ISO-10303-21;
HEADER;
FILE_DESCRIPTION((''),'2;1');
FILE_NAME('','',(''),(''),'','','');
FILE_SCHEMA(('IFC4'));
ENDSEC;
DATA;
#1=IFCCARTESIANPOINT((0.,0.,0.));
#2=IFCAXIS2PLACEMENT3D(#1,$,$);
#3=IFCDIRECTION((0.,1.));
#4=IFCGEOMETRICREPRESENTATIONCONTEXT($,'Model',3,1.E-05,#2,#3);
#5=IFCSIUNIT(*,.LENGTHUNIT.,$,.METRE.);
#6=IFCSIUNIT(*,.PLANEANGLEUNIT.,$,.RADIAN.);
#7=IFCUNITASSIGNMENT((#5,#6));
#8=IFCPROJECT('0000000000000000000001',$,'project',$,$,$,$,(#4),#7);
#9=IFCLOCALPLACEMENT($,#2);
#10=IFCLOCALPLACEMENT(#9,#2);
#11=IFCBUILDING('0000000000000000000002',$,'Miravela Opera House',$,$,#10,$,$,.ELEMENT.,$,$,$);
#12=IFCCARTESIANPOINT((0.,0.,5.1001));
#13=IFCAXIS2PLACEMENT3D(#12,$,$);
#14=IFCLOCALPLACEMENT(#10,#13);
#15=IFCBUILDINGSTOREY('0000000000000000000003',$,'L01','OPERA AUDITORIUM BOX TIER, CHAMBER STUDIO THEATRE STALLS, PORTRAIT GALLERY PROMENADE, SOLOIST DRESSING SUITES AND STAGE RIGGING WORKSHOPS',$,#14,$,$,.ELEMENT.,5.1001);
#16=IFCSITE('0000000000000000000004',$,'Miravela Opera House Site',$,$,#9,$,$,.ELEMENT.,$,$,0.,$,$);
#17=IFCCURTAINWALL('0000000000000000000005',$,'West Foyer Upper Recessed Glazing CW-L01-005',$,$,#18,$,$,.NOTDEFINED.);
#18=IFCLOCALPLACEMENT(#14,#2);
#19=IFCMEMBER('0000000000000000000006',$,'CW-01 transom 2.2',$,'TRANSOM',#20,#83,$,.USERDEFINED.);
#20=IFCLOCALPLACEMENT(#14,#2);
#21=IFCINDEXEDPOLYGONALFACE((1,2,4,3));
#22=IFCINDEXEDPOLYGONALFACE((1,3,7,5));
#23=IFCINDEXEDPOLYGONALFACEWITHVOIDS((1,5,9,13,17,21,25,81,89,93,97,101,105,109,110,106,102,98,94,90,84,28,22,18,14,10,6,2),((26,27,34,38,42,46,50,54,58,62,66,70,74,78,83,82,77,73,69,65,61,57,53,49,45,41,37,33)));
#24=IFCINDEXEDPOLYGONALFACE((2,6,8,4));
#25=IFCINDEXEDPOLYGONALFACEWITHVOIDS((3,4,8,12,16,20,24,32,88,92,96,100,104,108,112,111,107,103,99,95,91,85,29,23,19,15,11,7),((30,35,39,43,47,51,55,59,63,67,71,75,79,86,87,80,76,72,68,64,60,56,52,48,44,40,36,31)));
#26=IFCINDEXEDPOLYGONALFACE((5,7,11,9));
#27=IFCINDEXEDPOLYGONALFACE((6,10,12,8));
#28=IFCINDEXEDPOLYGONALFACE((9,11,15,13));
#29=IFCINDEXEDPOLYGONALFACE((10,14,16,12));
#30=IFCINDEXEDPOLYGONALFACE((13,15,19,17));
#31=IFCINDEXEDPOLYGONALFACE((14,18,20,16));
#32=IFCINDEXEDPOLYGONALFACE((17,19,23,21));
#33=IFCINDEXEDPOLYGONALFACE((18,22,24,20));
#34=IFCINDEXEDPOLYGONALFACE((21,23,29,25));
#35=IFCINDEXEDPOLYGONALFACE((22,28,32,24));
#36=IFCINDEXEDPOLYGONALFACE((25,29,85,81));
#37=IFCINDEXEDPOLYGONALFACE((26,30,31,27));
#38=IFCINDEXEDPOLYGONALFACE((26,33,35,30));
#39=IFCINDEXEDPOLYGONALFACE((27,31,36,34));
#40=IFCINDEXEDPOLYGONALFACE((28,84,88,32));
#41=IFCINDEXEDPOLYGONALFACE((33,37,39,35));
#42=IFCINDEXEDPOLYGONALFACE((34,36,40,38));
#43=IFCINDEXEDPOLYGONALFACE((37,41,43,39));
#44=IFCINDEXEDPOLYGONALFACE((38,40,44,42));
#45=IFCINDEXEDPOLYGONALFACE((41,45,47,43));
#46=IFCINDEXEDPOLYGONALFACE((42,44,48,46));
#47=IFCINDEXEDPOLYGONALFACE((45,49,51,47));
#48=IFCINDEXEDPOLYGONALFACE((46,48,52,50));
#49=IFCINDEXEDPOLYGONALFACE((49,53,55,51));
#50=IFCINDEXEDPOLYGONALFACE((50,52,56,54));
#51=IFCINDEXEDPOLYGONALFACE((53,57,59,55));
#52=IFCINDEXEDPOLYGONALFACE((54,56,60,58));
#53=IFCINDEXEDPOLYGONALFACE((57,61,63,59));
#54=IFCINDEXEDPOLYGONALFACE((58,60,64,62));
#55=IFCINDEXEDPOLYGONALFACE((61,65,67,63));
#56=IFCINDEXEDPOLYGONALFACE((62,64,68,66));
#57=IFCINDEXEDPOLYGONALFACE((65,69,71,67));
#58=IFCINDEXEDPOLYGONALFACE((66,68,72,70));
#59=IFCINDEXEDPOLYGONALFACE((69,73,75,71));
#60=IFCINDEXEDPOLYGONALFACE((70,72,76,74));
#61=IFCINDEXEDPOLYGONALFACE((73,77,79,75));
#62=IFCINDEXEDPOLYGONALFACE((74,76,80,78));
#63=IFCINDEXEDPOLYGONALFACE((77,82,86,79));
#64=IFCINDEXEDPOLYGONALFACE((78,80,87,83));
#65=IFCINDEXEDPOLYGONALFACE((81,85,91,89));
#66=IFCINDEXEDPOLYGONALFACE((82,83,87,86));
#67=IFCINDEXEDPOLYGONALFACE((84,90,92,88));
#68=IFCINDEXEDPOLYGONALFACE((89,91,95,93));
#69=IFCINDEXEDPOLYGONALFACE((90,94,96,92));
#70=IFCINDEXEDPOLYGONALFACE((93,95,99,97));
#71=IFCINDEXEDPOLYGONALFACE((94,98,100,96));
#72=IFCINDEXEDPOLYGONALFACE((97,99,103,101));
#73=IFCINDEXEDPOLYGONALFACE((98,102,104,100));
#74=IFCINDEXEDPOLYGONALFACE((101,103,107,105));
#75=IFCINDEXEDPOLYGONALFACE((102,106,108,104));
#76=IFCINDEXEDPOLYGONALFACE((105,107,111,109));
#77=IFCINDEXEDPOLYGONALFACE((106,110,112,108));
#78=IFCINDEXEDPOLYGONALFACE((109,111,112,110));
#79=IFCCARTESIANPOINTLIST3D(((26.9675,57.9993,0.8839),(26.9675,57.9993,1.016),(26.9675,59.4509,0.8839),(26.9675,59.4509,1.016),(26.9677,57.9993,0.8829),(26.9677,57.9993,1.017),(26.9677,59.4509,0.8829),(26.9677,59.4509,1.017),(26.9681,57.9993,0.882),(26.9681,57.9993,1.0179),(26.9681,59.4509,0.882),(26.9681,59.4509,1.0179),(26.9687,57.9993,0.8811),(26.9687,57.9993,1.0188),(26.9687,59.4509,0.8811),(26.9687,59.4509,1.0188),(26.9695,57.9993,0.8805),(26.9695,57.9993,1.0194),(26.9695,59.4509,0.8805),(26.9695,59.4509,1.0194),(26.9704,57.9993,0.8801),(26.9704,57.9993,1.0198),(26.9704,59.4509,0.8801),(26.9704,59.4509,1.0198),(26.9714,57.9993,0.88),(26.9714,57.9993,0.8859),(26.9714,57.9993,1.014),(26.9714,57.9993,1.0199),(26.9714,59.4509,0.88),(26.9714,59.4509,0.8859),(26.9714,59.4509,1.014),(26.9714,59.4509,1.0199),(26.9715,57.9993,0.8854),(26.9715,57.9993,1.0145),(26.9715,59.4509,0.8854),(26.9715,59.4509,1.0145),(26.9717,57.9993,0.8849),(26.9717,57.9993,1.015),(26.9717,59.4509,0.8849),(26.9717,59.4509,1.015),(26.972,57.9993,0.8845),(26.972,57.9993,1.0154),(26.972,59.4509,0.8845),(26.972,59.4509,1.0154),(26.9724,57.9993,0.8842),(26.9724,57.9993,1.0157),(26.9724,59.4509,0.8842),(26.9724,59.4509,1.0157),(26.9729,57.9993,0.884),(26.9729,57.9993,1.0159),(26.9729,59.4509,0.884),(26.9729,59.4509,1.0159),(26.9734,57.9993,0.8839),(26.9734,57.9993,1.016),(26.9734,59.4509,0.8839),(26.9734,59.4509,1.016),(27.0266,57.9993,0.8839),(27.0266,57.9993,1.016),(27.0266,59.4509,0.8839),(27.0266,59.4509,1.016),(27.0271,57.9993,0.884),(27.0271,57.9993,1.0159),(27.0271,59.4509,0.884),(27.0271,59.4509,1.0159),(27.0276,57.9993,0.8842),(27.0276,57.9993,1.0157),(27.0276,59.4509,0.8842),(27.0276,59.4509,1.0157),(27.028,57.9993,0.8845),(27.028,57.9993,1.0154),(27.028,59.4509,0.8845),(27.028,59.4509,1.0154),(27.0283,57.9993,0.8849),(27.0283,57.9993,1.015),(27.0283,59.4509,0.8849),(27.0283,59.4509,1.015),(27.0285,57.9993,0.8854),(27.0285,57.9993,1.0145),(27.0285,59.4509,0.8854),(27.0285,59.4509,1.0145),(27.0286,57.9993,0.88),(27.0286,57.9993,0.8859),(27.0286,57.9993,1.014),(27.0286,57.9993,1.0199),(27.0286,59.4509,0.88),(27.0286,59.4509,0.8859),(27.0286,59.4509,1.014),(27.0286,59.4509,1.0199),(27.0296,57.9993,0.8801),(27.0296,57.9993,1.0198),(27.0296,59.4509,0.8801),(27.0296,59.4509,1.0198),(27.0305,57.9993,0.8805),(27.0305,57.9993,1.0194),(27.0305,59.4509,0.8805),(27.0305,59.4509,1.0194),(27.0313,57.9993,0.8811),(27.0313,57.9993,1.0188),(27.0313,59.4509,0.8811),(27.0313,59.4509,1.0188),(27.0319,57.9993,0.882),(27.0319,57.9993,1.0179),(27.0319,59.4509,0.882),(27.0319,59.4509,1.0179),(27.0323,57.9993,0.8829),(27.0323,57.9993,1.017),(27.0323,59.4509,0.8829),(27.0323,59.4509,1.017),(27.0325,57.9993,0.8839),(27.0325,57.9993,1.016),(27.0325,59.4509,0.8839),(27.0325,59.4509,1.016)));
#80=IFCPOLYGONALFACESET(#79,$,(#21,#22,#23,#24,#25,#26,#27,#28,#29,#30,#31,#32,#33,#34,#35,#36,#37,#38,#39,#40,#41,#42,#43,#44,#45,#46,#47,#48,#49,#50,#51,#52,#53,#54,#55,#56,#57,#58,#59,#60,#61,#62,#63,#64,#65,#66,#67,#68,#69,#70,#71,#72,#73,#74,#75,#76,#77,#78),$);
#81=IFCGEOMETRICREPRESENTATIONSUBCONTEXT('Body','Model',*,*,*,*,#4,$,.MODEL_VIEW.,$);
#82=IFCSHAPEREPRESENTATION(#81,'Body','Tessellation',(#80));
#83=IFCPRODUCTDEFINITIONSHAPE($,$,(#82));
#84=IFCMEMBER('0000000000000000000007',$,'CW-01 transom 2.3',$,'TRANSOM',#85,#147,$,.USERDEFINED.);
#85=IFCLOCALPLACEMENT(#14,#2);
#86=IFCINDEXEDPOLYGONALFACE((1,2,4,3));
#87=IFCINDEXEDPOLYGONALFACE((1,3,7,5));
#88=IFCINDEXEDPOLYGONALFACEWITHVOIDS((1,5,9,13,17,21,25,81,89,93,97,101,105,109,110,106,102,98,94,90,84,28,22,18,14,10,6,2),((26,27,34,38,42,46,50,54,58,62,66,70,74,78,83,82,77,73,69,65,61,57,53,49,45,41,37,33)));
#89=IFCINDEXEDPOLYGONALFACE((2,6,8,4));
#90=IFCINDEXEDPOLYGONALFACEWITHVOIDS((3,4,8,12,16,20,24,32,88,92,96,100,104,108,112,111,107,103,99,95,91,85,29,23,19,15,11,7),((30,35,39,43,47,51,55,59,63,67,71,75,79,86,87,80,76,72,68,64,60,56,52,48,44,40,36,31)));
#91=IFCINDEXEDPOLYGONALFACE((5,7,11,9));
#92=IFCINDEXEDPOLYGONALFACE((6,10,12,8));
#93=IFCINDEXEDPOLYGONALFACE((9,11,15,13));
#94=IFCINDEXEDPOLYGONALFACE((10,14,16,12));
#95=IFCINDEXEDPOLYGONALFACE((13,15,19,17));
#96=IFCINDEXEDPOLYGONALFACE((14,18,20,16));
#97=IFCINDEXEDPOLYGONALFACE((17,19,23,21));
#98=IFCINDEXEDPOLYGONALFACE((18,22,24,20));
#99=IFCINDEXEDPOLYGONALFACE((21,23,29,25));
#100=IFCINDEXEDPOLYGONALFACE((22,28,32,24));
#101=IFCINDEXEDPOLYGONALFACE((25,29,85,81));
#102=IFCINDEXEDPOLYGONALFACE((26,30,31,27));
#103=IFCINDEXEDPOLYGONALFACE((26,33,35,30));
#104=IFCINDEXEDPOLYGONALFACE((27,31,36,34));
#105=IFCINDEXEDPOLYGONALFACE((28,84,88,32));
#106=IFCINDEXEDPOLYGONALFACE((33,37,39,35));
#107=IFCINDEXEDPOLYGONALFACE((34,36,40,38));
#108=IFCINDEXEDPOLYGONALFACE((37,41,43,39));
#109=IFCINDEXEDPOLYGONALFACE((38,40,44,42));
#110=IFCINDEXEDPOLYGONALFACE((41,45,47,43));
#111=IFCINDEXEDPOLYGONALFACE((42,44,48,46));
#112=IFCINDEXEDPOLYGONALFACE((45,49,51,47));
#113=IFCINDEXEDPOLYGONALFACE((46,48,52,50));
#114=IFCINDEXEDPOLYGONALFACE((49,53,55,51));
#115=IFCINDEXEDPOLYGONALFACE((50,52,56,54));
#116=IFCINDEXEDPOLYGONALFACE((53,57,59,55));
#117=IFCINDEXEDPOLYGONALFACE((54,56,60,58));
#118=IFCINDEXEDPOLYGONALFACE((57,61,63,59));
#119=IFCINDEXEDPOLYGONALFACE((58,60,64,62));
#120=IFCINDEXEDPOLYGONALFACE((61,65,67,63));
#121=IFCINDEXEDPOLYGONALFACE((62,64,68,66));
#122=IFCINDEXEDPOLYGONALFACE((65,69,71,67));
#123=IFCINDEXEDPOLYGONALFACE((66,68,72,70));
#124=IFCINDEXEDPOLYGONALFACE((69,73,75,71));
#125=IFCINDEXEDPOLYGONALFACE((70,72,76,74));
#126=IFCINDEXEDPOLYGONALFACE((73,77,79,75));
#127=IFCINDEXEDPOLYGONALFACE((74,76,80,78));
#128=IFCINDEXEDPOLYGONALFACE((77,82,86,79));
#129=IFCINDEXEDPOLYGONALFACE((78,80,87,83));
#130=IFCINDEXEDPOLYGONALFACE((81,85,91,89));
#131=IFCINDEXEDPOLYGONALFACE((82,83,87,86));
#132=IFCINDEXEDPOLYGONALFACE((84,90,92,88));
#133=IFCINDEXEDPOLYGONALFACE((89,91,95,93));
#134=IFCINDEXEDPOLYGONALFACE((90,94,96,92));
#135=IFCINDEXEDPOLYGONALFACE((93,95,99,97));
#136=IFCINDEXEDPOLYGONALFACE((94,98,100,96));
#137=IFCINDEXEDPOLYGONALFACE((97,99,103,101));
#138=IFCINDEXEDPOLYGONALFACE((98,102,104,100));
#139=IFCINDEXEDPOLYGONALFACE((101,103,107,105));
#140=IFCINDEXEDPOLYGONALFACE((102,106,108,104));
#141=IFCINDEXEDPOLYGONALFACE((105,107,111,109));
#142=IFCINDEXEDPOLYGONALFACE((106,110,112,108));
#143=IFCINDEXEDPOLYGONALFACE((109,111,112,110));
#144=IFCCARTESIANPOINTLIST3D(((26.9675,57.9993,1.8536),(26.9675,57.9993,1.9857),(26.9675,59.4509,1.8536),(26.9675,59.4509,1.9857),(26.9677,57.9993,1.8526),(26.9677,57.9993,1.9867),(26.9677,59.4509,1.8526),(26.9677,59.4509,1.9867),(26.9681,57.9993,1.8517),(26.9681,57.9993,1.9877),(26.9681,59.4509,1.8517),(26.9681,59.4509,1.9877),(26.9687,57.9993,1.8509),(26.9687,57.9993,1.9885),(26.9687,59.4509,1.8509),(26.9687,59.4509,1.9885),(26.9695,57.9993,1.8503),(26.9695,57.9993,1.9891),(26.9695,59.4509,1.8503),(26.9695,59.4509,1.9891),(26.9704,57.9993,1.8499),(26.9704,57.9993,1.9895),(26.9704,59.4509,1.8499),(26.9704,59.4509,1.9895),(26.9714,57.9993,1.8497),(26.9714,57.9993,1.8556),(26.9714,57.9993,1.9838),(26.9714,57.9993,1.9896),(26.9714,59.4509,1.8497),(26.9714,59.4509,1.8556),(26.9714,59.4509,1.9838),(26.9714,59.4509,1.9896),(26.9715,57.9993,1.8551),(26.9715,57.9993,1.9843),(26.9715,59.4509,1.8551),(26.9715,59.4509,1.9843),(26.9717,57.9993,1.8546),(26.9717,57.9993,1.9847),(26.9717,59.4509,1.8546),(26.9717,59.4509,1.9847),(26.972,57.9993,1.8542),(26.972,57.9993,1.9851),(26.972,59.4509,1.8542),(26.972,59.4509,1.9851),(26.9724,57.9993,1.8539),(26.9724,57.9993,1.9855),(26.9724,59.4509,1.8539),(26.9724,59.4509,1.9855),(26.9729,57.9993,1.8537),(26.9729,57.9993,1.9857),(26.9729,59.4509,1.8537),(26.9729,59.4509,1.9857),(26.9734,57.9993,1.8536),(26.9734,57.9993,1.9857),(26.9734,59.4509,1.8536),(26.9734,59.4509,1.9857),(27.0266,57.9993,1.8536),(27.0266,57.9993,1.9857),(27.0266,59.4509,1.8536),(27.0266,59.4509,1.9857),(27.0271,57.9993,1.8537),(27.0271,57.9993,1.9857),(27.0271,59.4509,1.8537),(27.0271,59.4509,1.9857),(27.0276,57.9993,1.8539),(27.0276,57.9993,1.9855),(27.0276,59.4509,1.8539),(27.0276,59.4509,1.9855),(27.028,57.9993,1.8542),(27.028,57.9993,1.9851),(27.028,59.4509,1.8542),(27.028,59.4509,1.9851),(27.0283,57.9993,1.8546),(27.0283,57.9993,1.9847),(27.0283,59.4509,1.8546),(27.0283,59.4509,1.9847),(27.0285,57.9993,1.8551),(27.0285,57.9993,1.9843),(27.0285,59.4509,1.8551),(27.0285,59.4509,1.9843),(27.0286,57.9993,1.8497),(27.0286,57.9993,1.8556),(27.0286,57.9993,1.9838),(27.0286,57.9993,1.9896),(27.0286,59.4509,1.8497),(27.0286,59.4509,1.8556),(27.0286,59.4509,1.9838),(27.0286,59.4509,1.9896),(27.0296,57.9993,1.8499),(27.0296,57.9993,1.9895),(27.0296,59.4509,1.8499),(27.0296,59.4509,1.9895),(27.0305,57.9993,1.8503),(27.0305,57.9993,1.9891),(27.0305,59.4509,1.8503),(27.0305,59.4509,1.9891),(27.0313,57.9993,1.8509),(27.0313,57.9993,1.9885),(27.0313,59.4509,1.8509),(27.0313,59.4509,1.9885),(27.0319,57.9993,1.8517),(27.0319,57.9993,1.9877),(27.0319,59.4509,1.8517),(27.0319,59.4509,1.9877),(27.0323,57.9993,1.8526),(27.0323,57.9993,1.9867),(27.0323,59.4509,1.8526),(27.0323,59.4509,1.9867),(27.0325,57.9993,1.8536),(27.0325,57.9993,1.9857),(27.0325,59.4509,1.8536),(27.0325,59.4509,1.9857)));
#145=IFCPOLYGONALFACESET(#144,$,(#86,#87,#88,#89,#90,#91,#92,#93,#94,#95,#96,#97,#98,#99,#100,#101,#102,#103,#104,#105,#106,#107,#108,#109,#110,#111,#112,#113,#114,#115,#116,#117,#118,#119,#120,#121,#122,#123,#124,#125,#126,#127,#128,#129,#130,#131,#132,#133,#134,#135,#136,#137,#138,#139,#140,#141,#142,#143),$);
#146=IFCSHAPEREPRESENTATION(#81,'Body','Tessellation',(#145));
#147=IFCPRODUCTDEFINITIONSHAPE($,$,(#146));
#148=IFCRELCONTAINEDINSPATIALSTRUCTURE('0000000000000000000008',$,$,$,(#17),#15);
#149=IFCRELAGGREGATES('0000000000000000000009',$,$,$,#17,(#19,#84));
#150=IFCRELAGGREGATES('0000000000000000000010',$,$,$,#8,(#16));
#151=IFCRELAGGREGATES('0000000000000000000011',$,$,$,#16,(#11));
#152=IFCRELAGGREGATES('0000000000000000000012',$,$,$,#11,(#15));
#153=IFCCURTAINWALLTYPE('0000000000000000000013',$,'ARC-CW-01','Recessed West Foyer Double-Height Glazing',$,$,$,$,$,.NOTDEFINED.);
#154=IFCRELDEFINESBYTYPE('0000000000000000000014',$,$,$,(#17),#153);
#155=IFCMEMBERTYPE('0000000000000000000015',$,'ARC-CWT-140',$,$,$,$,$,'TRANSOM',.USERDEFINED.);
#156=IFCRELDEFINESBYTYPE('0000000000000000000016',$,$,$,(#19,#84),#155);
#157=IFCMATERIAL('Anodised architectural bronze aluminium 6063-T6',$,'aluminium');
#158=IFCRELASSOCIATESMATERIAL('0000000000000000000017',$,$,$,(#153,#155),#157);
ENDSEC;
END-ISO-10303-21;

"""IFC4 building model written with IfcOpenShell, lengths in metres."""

from ifc_helpers import new_model, si_unit, direction, frame, origin, origin_2d, place, context, subcontext, project, spatial, hollow_rectangle, extrude, material, material_profile, profile_set, type_object, element, aggregate, save


model = new_model("IFC4")

# Units and contexts
model_context = context("Model", 3, precision=1e-05, world=origin(), true_north=direction((0.0, 1.0)))
body_context = subcontext(model_context, "Body", "Model", "MODEL_VIEW")
ifc_project = project(units=[si_unit("LENGTHUNIT", "METRE"), si_unit("PLANEANGLEUNIT", "RADIAN")], contexts=[model_context])

# Site, building, storey
site_placement = place(None, origin())
site = spatial("IfcSite", under=ifc_project, at=site_placement, Name="Miravela Opera House Site", CompositionType="ELEMENT", RefElevation=0.0)
building_placement = place(site_placement, origin())
building = spatial("IfcBuilding", under=site, at=building_placement, Name="Miravela Opera House", CompositionType="ELEMENT")
storey_placement = place(building_placement, frame((0.0, 0.0, 5.1001)))
storey = spatial("IfcBuildingStorey", under=building, at=storey_placement, Name="L01", Description="OPERA AUDITORIUM BOX TIER, CHAMBER STUDIO THEATRE STALLS, PORTRAIT GALLERY PROMENADE, SOLOIST DRESSING SUITES AND STAGE RIGGING WORKSHOPS", CompositionType="ELEMENT", Elevation=5.1001)

# Curtain wall, members
ifc_material_1 = material(Name="Anodised architectural bronze aluminium 6063-T6", Category="aluminium")
curtain_wall_type = type_object("IfcCurtainWallType", Name="ARC-CW-01", Description="Recessed West Foyer Double-Height Glazing", PredefinedType="NOTDEFINED", material=ifc_material_1)
curtain_wall_placement = place(storey_placement, origin())
curtain_wall = element("IfcCurtainWall", 1, at=curtain_wall_placement, inside=storey, type_object=curtain_wall_type, Name="West Foyer Upper Recessed Glazing CW-L01-005", PredefinedType="NOTDEFINED")
ifc_material_profile_1 = material_profile(ifc_material_1, hollow_rectangle(XDim=0.0649, YDim=0.1399, WallThickness=0.0039, InnerFilletRadius=0.002, OuterFilletRadius=0.0039, at=origin_2d()), Name="CWT-65X140")
ifc_profile_set_1 = profile_set([ifc_material_profile_1])
member_type_1 = type_object("IfcMemberType", Name="ARC-CWT-140", ElementType="TRANSOM", PredefinedType="USERDEFINED", material=ifc_profile_set_1)
member_1_placement = place(storey_placement, frame((27.0, 57.9993, 0.95), z_axis=(0.0, 1.0, 0.0), x_axis=(-1.0, 0.0, 0.0)))
member_1 = element("IfcMember", 2, at=member_1_placement, type_object=member_type_1, Name="CW-01 transom 2.2", ObjectType="TRANSOM", PredefinedType="USERDEFINED", context=body_context, shape_type="SweptSolid", body=[
    extrude(hollow_rectangle(XDim=0.0649, YDim=0.1399, WallThickness=0.0039, InnerFilletRadius=0.002, OuterFilletRadius=0.0039, at=origin_2d()), origin(), (0.0, 0.0, 1.0), 1.4517),
])
member_2_placement = place(storey_placement, frame((27.0, 57.9993, 1.9197), z_axis=(0.0, 1.0, 0.0), x_axis=(-1.0, 0.0, 0.0)))
member_2 = element("IfcMember", 3, at=member_2_placement, type_object=member_type_1, Name="CW-01 transom 2.3", ObjectType="TRANSOM", PredefinedType="USERDEFINED", context=body_context, shape_type="SweptSolid", body=[
    extrude(hollow_rectangle(XDim=0.0649, YDim=0.1399, WallThickness=0.0039, InnerFilletRadius=0.002, OuterFilletRadius=0.0039, at=origin_2d()), origin(), (0.0, 0.0, 1.0), 1.4517),
])
aggregate(curtain_wall, [member_1, member_2])

save(model, "model.ifc")
